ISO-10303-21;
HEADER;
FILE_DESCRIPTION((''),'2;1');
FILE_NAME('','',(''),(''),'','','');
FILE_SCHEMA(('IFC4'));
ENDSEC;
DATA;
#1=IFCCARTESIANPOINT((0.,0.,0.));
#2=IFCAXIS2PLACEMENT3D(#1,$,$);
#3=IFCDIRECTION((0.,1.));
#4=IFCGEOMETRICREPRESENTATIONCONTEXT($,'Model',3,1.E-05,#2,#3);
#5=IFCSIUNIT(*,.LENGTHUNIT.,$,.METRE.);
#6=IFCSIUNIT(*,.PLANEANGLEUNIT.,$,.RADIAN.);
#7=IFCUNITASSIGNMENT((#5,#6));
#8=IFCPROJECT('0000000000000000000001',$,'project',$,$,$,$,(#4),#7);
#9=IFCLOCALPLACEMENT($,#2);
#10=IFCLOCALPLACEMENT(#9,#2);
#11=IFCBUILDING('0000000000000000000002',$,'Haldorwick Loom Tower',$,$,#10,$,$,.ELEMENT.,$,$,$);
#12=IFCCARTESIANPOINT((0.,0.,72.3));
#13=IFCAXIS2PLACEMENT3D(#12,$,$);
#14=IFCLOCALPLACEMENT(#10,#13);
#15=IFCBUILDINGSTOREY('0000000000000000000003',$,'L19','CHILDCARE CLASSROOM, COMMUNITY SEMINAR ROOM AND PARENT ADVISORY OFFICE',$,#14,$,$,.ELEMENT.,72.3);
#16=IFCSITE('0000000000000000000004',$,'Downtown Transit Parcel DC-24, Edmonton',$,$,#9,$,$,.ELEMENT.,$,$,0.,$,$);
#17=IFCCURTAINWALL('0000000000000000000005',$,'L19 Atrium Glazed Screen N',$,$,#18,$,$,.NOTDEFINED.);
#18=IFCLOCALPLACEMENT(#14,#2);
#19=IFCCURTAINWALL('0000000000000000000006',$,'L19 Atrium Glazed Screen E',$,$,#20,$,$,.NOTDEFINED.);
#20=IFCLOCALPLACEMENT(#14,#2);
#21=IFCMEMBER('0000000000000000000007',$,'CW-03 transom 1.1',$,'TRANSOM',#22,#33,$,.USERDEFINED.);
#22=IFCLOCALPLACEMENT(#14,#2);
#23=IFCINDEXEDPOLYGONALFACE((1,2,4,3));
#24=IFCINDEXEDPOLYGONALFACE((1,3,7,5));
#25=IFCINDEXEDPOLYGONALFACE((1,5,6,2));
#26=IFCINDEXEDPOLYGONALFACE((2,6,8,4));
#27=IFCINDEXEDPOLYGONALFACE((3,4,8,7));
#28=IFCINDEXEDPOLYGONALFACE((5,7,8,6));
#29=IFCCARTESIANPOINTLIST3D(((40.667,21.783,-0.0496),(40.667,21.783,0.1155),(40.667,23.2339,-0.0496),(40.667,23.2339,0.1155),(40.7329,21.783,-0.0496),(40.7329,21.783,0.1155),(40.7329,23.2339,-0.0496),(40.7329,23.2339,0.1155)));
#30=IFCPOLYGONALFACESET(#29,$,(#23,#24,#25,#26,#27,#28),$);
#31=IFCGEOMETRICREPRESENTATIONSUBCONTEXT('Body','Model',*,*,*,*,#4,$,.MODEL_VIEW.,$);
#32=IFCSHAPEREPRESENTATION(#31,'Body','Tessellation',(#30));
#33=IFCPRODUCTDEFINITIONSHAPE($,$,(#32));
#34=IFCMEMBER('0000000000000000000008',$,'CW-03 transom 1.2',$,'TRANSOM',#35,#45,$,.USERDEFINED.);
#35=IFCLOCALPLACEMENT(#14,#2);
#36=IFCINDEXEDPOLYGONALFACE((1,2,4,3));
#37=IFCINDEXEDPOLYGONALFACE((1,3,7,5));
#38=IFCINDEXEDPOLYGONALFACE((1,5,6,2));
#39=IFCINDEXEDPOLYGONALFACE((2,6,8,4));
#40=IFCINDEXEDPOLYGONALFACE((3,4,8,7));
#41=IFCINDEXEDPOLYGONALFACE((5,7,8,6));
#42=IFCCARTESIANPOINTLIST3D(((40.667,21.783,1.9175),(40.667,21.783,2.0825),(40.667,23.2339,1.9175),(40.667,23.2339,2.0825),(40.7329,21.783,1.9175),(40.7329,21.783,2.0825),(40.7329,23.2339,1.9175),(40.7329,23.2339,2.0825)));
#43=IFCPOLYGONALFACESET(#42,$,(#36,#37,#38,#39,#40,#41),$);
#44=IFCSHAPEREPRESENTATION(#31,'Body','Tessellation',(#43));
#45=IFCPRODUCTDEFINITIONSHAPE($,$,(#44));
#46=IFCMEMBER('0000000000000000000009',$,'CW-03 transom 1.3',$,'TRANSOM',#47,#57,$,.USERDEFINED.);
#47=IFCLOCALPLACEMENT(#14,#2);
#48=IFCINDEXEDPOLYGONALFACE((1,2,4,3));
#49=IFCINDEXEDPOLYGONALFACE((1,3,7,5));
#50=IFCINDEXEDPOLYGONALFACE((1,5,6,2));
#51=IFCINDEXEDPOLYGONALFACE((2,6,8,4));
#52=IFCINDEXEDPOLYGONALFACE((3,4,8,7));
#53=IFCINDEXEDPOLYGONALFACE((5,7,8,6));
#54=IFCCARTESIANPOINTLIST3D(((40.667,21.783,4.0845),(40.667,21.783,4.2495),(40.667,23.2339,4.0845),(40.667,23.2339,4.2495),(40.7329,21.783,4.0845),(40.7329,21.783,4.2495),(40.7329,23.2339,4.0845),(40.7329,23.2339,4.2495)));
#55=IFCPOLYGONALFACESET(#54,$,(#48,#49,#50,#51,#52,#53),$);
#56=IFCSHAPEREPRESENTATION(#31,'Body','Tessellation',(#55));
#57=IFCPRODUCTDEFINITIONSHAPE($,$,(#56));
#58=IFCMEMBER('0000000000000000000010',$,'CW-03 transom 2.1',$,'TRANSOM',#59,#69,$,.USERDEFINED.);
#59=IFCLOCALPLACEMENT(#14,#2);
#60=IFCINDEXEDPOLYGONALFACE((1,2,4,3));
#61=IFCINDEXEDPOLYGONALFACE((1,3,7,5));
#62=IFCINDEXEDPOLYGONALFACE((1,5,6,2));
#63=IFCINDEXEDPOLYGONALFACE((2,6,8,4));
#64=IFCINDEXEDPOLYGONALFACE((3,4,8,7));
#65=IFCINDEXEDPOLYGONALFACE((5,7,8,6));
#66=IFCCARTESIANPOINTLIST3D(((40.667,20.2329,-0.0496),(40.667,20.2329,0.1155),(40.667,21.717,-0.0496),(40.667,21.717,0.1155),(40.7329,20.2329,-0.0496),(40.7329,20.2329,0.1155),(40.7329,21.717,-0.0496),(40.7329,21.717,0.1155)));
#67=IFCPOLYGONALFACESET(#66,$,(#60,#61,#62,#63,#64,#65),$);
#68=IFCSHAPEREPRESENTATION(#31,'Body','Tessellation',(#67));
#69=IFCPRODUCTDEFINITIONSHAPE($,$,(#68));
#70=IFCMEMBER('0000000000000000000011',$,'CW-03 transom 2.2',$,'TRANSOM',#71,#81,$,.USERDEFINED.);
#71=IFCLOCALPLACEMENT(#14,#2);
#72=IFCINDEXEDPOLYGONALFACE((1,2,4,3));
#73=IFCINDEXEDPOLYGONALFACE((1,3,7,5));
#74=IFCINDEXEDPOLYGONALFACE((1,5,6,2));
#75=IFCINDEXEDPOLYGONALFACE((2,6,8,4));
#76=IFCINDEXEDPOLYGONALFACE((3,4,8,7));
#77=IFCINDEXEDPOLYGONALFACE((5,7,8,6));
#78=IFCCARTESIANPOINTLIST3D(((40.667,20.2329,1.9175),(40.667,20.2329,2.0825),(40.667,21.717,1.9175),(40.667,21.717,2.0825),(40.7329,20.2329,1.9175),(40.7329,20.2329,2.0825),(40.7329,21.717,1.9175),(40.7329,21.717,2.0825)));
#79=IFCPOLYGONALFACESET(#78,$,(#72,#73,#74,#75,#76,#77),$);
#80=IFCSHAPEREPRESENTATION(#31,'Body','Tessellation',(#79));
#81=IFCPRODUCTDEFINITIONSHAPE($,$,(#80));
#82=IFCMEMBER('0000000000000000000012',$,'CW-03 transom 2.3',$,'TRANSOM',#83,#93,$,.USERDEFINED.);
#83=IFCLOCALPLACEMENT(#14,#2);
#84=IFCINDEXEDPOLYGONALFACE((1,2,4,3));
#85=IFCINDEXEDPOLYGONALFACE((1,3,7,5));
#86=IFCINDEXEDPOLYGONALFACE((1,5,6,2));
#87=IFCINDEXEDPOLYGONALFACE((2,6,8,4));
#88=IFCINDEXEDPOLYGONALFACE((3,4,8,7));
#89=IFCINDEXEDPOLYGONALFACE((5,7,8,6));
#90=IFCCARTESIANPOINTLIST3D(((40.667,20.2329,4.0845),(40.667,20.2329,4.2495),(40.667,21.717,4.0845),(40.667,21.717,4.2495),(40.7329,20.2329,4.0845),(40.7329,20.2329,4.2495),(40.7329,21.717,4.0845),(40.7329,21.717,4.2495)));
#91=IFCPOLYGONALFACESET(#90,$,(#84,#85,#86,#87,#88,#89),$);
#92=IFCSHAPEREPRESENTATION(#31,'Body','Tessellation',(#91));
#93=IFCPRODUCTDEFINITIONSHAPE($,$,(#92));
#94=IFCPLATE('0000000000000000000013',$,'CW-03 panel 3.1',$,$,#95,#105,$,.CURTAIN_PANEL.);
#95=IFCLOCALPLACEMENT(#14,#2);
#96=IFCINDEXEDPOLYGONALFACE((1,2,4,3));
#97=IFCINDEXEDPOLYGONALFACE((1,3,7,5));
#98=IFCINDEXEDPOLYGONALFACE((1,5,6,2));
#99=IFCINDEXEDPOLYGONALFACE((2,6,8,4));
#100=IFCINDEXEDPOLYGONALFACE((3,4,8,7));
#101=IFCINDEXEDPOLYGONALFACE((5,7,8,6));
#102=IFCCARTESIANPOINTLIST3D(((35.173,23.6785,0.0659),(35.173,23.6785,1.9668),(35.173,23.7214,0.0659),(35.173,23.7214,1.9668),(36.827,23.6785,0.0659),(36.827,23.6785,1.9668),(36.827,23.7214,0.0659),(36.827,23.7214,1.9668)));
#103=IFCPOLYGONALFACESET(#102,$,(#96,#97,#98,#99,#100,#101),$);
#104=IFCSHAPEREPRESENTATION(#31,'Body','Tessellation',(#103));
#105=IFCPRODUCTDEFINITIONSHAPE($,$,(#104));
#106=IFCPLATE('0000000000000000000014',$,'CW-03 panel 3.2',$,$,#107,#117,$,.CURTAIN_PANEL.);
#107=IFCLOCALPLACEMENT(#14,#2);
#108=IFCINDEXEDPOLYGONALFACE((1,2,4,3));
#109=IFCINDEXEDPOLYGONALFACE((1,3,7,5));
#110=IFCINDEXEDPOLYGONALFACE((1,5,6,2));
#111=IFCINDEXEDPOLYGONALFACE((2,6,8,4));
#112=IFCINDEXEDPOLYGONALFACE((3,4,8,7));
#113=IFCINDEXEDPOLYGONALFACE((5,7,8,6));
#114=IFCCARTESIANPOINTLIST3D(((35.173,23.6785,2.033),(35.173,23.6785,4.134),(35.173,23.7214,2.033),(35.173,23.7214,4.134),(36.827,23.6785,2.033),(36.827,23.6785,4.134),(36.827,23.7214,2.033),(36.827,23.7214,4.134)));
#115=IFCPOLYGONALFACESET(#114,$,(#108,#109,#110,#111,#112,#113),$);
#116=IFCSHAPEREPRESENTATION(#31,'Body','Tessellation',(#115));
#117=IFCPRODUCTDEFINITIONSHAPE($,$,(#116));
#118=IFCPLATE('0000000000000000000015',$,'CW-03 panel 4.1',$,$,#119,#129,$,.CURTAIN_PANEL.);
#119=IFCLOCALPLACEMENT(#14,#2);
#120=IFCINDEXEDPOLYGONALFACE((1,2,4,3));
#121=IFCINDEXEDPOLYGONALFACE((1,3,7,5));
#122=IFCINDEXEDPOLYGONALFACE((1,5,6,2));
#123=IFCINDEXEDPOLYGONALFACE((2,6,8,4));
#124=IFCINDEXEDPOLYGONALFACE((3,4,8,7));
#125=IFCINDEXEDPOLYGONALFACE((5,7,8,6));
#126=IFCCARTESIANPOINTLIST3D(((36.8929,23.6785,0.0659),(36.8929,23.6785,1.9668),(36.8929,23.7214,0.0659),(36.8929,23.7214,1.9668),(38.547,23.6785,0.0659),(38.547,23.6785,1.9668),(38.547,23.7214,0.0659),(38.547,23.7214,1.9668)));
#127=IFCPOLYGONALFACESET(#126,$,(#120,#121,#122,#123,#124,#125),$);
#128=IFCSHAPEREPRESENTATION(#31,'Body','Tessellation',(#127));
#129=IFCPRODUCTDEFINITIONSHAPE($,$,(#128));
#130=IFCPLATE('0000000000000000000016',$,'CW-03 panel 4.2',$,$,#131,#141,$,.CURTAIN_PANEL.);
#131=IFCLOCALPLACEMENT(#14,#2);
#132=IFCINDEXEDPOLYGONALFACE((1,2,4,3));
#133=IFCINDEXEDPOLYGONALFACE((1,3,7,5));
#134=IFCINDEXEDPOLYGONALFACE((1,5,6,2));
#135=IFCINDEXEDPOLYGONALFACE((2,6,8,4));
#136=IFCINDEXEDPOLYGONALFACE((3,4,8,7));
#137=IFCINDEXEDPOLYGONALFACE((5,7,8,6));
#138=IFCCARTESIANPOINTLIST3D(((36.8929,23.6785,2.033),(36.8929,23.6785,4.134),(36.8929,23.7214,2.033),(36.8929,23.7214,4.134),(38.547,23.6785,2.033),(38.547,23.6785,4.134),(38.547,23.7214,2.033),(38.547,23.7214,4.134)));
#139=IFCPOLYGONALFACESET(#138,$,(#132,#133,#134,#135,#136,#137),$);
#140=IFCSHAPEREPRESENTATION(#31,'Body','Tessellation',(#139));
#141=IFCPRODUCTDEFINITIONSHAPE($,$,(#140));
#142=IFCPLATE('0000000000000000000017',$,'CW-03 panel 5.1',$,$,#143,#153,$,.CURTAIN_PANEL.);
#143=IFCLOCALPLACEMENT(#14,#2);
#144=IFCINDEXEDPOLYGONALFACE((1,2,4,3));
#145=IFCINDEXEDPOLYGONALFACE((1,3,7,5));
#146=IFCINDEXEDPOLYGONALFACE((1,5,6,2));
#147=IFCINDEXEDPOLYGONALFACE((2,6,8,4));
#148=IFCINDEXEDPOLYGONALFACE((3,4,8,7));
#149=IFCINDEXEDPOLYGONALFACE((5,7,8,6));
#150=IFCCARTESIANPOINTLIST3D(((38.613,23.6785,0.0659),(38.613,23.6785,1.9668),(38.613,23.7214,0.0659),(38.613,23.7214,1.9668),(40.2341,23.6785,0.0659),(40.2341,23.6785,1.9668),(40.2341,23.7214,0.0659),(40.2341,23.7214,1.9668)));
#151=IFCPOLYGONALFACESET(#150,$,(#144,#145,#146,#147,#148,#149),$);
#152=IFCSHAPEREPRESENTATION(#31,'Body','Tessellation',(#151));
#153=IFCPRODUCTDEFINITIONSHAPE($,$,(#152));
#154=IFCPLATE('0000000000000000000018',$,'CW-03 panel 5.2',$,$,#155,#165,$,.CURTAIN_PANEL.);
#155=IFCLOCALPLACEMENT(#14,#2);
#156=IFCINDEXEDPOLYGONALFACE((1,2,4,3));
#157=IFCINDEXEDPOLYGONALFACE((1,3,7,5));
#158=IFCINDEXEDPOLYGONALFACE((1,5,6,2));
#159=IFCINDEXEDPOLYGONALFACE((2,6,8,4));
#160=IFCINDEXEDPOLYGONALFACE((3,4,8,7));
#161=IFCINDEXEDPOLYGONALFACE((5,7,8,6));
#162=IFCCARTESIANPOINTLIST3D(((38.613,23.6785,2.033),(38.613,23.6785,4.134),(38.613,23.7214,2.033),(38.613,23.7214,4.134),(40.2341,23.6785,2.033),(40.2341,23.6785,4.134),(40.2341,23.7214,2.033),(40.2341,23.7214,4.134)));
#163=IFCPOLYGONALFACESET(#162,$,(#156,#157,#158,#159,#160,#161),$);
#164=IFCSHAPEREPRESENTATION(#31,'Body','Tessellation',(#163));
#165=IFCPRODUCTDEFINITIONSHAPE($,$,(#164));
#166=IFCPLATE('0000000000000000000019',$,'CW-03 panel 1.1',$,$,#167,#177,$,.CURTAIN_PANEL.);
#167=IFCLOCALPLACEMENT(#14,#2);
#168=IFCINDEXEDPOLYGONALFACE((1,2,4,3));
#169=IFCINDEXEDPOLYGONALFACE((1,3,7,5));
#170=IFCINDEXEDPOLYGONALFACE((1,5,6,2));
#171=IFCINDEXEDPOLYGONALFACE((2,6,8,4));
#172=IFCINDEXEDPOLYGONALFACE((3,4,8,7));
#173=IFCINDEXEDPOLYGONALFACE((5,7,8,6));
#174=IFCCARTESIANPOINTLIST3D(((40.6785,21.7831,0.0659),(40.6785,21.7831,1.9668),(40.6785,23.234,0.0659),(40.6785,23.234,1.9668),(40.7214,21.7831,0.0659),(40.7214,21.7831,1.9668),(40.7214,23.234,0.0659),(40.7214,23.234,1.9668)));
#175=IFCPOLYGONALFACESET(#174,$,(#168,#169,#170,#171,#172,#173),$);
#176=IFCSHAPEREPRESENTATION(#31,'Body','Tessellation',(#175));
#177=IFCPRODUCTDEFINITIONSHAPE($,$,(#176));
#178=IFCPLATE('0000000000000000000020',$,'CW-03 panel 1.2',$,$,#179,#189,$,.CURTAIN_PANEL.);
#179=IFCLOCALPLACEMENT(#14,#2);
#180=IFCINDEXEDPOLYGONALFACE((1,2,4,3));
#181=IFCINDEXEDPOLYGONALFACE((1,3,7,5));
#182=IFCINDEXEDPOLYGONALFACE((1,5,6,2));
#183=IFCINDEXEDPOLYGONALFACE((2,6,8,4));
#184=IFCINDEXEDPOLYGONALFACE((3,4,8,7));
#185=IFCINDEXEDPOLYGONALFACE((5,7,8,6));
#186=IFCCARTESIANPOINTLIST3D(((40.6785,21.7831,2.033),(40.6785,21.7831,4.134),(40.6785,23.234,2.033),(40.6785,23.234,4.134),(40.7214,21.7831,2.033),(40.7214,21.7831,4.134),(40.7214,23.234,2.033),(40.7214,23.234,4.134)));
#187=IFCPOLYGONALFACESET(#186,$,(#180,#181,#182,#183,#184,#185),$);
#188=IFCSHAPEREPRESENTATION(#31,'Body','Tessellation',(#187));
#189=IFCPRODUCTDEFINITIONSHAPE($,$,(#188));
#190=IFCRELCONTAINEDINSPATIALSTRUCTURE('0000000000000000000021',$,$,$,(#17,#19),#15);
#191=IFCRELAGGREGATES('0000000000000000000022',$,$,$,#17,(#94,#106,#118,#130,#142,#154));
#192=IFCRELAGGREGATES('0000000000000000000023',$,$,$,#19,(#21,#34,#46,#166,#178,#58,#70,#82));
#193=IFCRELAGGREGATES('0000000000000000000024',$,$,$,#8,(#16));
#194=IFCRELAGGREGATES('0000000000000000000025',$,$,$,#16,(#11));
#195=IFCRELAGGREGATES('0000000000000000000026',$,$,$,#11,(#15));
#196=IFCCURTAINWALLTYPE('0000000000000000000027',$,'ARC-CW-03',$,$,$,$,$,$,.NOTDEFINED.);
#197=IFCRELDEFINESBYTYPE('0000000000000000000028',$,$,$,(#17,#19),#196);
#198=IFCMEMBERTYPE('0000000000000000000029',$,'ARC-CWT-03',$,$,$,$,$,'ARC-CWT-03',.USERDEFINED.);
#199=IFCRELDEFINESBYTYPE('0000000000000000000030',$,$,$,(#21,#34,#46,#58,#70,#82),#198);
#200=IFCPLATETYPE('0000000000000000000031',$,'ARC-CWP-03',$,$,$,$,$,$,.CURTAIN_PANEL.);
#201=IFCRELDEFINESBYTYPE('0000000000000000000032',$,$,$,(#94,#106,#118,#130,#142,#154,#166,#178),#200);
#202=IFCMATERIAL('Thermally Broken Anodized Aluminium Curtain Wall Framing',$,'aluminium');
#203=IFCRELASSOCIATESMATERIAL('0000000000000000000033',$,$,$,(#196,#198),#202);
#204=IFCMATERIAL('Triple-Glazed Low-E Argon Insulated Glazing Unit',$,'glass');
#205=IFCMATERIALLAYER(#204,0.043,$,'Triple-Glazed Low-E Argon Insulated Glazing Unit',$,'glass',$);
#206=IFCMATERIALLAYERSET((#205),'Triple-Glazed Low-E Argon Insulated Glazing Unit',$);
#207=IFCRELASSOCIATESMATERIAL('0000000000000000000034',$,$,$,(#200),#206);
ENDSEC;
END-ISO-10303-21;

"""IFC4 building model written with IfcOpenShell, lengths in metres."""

from ifc_helpers import new_model, si_unit, direction, frame, origin, origin_2d, place, context, subcontext, project, spatial, rectangle, extrude, material, layer, layer_set, material_profile, profile_set, type_object, element, aggregate, save


model = new_model("IFC4")

# Units and contexts
model_context = context("Model", 3, precision=1e-05, world=origin(), true_north=direction((0.0, 1.0)))
body_context = subcontext(model_context, "Body", "Model", "MODEL_VIEW")
ifc_project = project(units=[si_unit("LENGTHUNIT", "METRE"), si_unit("PLANEANGLEUNIT", "RADIAN")], contexts=[model_context])

# Site, building, storey
site_placement = place(None, origin())
site = spatial("IfcSite", under=ifc_project, at=site_placement, Name="Downtown Transit Parcel DC-24, Edmonton", CompositionType="ELEMENT", RefElevation=0.0)
building_placement = place(site_placement, origin())
building = spatial("IfcBuilding", under=site, at=building_placement, Name="Haldorwick Loom Tower", CompositionType="ELEMENT")
storey_placement = place(building_placement, frame((0.0, 0.0, 72.3)))
storey = spatial("IfcBuildingStorey", under=building, at=storey_placement, Name="L19", Description="CHILDCARE CLASSROOM, COMMUNITY SEMINAR ROOM AND PARENT ADVISORY OFFICE", CompositionType="ELEMENT", Elevation=72.3)

# Curtain walls
ifc_material_1 = material(Name="Thermally Broken Anodized Aluminium Curtain Wall Framing", Category="aluminium")
curtain_wall_type = type_object("IfcCurtainWallType", Name="ARC-CW-03", PredefinedType="NOTDEFINED", material=ifc_material_1)
curtain_wall_1_placement = place(storey_placement, origin())
curtain_wall_1 = element("IfcCurtainWall", 1, at=curtain_wall_1_placement, inside=storey, type_object=curtain_wall_type, Name="L19 Atrium Glazed Screen N", PredefinedType="NOTDEFINED")
curtain_wall_2_placement = place(storey_placement, origin())
curtain_wall_2 = element("IfcCurtainWall", 2, at=curtain_wall_2_placement, inside=storey, type_object=curtain_wall_type, Name="L19 Atrium Glazed Screen E", PredefinedType="NOTDEFINED")

# Members
ifc_material_profile_1 = material_profile(ifc_material_1, rectangle(XDim=0.0659, YDim=0.165, at=origin_2d()), Name="ALU_TRN_66X165", Category="aluminium")
ifc_profile_set_1 = profile_set([ifc_material_profile_1], Name="Thermally Broken Anodized Aluminium Curtain Wall Framing")
member_type_1 = type_object("IfcMemberType", Name="ARC-CWT-03", ElementType="ARC-CWT-03", PredefinedType="USERDEFINED", material=ifc_profile_set_1)
member_1_placement = place(storey_placement, frame((40.7, 23.2339, 0.033), z_axis=(0.0, -1.0, 0.0), x_axis=(1.0, 0.0, 0.0)))
member_1 = element("IfcMember", 3, at=member_1_placement, type_object=member_type_1, Name="CW-03 transom 1.1", ObjectType="TRANSOM", PredefinedType="USERDEFINED", context=body_context, shape_type="SweptSolid", body=[
    extrude(rectangle(XDim=0.0659, YDim=0.165, at=origin_2d()), origin(), (0.0, 0.0, 1.0), 1.4509),
])
member_2_placement = place(storey_placement, frame((40.7, 23.2339, 2.0), z_axis=(0.0, -1.0, 0.0), x_axis=(1.0, 0.0, 0.0)))
member_2 = element("IfcMember", 4, at=member_2_placement, type_object=member_type_1, Name="CW-03 transom 1.2", ObjectType="TRANSOM", PredefinedType="USERDEFINED", context=body_context, shape_type="SweptSolid", body=[
    extrude(rectangle(XDim=0.0659, YDim=0.165, at=origin_2d()), origin(), (0.0, 0.0, 1.0), 1.4509),
])
member_3_placement = place(storey_placement, frame((40.7, 23.2339, 4.167), z_axis=(0.0, -1.0, 0.0), x_axis=(1.0, 0.0, 0.0)))
member_3 = element("IfcMember", 5, at=member_3_placement, type_object=member_type_1, Name="CW-03 transom 1.3", ObjectType="TRANSOM", PredefinedType="USERDEFINED", context=body_context, shape_type="SweptSolid", body=[
    extrude(rectangle(XDim=0.0659, YDim=0.165, at=origin_2d()), origin(), (0.0, 0.0, 1.0), 1.4509),
])
member_4_placement = place(storey_placement, frame((40.7, 21.717, 0.033), z_axis=(0.0, -1.0, 0.0), x_axis=(1.0, 0.0, 0.0)))
member_4 = element("IfcMember", 6, at=member_4_placement, type_object=member_type_1, Name="CW-03 transom 2.1", ObjectType="TRANSOM", PredefinedType="USERDEFINED", context=body_context, shape_type="SweptSolid", body=[
    extrude(rectangle(XDim=0.0659, YDim=0.165, at=origin_2d()), origin(), (0.0, 0.0, 1.0), 1.4841),
])
member_5_placement = place(storey_placement, frame((40.7, 21.717, 2.0), z_axis=(0.0, -1.0, 0.0), x_axis=(1.0, 0.0, 0.0)))
member_5 = element("IfcMember", 7, at=member_5_placement, type_object=member_type_1, Name="CW-03 transom 2.2", ObjectType="TRANSOM", PredefinedType="USERDEFINED", context=body_context, shape_type="SweptSolid", body=[
    extrude(rectangle(XDim=0.0659, YDim=0.165, at=origin_2d()), origin(), (0.0, 0.0, 1.0), 1.4841),
])
member_6_placement = place(storey_placement, frame((40.7, 21.717, 4.167), z_axis=(0.0, -1.0, 0.0), x_axis=(1.0, 0.0, 0.0)))
member_6 = element("IfcMember", 8, at=member_6_placement, type_object=member_type_1, Name="CW-03 transom 2.3", ObjectType="TRANSOM", PredefinedType="USERDEFINED", context=body_context, shape_type="SweptSolid", body=[
    extrude(rectangle(XDim=0.0659, YDim=0.165, at=origin_2d()), origin(), (0.0, 0.0, 1.0), 1.4841),
])

# Plates
ifc_material_2 = material(Name="Triple-Glazed Low-E Argon Insulated Glazing Unit", Category="glass")
ifc_layer_1 = layer(ifc_material_2, 0.043, Name="Triple-Glazed Low-E Argon Insulated Glazing Unit", Category="glass")
ifc_layer_set_1 = layer_set([ifc_layer_1], Name="Triple-Glazed Low-E Argon Insulated Glazing Unit")
plate_type = type_object("IfcPlateType", Name="ARC-CWP-03", PredefinedType="CURTAIN_PANEL", material=ifc_layer_set_1)
plate_1_placement = place(storey_placement, frame((36.0, 23.7, 0.0659), z_axis=(0.0, 0.0, 1.0), x_axis=(1.0, 0.0, 0.0)))
plate_1 = element("IfcPlate", 9, at=plate_1_placement, type_object=plate_type, Name="CW-03 panel 3.1", PredefinedType="CURTAIN_PANEL", context=body_context, shape_type="SweptSolid", body=[
    extrude(rectangle(XDim=1.6541, YDim=0.043, at=origin_2d()), origin(), (0.0, 0.0, 1.0), 1.9009),
])
plate_2_placement = place(storey_placement, frame((36.0, 23.7, 2.033), z_axis=(0.0, 0.0, 1.0), x_axis=(1.0, 0.0, 0.0)))
plate_2 = element("IfcPlate", 10, at=plate_2_placement, type_object=plate_type, Name="CW-03 panel 3.2", PredefinedType="CURTAIN_PANEL", context=body_context, shape_type="SweptSolid", body=[
    extrude(rectangle(XDim=1.6541, YDim=0.043, at=origin_2d()), origin(), (0.0, 0.0, 1.0), 2.1011),
])
plate_3_placement = place(storey_placement, frame((37.72, 23.7, 0.0659), z_axis=(0.0, 0.0, 1.0), x_axis=(1.0, 0.0, 0.0)))
plate_3 = element("IfcPlate", 11, at=plate_3_placement, type_object=plate_type, Name="CW-03 panel 4.1", PredefinedType="CURTAIN_PANEL", context=body_context, shape_type="SweptSolid", body=[
    extrude(rectangle(XDim=1.6541, YDim=0.043, at=origin_2d()), origin(), (0.0, 0.0, 1.0), 1.9009),
])
plate_4_placement = place(storey_placement, frame((37.72, 23.7, 2.033), z_axis=(0.0, 0.0, 1.0), x_axis=(1.0, 0.0, 0.0)))
plate_4 = element("IfcPlate", 12, at=plate_4_placement, type_object=plate_type, Name="CW-03 panel 4.2", PredefinedType="CURTAIN_PANEL", context=body_context, shape_type="SweptSolid", body=[
    extrude(rectangle(XDim=1.6541, YDim=0.043, at=origin_2d()), origin(), (0.0, 0.0, 1.0), 2.1011),
])
plate_5_placement = place(storey_placement, frame((39.4236, 23.7, 0.0659), z_axis=(0.0, 0.0, 1.0), x_axis=(1.0, 0.0, 0.0)))
plate_5 = element("IfcPlate", 13, at=plate_5_placement, type_object=plate_type, Name="CW-03 panel 5.1", PredefinedType="CURTAIN_PANEL", context=body_context, shape_type="SweptSolid", body=[
    extrude(rectangle(XDim=1.6211, YDim=0.043, at=origin_2d()), origin(), (0.0, 0.0, 1.0), 1.9009),
])
plate_6_placement = place(storey_placement, frame((39.4236, 23.7, 2.033), z_axis=(0.0, 0.0, 1.0), x_axis=(1.0, 0.0, 0.0)))
plate_6 = element("IfcPlate", 14, at=plate_6_placement, type_object=plate_type, Name="CW-03 panel 5.2", PredefinedType="CURTAIN_PANEL", context=body_context, shape_type="SweptSolid", body=[
    extrude(rectangle(XDim=1.6211, YDim=0.043, at=origin_2d()), origin(), (0.0, 0.0, 1.0), 2.1011),
])
aggregate(curtain_wall_1, [plate_1, plate_2, plate_3, plate_4, plate_5, plate_6])
plate_7_placement = place(storey_placement, frame((40.7, 22.5085, 0.0659), z_axis=(0.0, 0.0, 1.0), x_axis=(0.0, -1.0, 0.0)))
plate_7 = element("IfcPlate", 15, at=plate_7_placement, type_object=plate_type, Name="CW-03 panel 1.1", PredefinedType="CURTAIN_PANEL", context=body_context, shape_type="SweptSolid", body=[
    extrude(rectangle(XDim=1.4509, YDim=0.043, at=origin_2d()), origin(), (0.0, 0.0, 1.0), 1.9009),
])
plate_8_placement = place(storey_placement, frame((40.7, 22.5085, 2.033), z_axis=(0.0, 0.0, 1.0), x_axis=(0.0, -1.0, 0.0)))
plate_8 = element("IfcPlate", 16, at=plate_8_placement, type_object=plate_type, Name="CW-03 panel 1.2", PredefinedType="CURTAIN_PANEL", context=body_context, shape_type="SweptSolid", body=[
    extrude(rectangle(XDim=1.4509, YDim=0.043, at=origin_2d()), origin(), (0.0, 0.0, 1.0), 2.1011),
])
aggregate(curtain_wall_2, [member_1, member_2, member_3, plate_7, plate_8, member_4, member_5, member_6])

save(model, "model.ifc")
